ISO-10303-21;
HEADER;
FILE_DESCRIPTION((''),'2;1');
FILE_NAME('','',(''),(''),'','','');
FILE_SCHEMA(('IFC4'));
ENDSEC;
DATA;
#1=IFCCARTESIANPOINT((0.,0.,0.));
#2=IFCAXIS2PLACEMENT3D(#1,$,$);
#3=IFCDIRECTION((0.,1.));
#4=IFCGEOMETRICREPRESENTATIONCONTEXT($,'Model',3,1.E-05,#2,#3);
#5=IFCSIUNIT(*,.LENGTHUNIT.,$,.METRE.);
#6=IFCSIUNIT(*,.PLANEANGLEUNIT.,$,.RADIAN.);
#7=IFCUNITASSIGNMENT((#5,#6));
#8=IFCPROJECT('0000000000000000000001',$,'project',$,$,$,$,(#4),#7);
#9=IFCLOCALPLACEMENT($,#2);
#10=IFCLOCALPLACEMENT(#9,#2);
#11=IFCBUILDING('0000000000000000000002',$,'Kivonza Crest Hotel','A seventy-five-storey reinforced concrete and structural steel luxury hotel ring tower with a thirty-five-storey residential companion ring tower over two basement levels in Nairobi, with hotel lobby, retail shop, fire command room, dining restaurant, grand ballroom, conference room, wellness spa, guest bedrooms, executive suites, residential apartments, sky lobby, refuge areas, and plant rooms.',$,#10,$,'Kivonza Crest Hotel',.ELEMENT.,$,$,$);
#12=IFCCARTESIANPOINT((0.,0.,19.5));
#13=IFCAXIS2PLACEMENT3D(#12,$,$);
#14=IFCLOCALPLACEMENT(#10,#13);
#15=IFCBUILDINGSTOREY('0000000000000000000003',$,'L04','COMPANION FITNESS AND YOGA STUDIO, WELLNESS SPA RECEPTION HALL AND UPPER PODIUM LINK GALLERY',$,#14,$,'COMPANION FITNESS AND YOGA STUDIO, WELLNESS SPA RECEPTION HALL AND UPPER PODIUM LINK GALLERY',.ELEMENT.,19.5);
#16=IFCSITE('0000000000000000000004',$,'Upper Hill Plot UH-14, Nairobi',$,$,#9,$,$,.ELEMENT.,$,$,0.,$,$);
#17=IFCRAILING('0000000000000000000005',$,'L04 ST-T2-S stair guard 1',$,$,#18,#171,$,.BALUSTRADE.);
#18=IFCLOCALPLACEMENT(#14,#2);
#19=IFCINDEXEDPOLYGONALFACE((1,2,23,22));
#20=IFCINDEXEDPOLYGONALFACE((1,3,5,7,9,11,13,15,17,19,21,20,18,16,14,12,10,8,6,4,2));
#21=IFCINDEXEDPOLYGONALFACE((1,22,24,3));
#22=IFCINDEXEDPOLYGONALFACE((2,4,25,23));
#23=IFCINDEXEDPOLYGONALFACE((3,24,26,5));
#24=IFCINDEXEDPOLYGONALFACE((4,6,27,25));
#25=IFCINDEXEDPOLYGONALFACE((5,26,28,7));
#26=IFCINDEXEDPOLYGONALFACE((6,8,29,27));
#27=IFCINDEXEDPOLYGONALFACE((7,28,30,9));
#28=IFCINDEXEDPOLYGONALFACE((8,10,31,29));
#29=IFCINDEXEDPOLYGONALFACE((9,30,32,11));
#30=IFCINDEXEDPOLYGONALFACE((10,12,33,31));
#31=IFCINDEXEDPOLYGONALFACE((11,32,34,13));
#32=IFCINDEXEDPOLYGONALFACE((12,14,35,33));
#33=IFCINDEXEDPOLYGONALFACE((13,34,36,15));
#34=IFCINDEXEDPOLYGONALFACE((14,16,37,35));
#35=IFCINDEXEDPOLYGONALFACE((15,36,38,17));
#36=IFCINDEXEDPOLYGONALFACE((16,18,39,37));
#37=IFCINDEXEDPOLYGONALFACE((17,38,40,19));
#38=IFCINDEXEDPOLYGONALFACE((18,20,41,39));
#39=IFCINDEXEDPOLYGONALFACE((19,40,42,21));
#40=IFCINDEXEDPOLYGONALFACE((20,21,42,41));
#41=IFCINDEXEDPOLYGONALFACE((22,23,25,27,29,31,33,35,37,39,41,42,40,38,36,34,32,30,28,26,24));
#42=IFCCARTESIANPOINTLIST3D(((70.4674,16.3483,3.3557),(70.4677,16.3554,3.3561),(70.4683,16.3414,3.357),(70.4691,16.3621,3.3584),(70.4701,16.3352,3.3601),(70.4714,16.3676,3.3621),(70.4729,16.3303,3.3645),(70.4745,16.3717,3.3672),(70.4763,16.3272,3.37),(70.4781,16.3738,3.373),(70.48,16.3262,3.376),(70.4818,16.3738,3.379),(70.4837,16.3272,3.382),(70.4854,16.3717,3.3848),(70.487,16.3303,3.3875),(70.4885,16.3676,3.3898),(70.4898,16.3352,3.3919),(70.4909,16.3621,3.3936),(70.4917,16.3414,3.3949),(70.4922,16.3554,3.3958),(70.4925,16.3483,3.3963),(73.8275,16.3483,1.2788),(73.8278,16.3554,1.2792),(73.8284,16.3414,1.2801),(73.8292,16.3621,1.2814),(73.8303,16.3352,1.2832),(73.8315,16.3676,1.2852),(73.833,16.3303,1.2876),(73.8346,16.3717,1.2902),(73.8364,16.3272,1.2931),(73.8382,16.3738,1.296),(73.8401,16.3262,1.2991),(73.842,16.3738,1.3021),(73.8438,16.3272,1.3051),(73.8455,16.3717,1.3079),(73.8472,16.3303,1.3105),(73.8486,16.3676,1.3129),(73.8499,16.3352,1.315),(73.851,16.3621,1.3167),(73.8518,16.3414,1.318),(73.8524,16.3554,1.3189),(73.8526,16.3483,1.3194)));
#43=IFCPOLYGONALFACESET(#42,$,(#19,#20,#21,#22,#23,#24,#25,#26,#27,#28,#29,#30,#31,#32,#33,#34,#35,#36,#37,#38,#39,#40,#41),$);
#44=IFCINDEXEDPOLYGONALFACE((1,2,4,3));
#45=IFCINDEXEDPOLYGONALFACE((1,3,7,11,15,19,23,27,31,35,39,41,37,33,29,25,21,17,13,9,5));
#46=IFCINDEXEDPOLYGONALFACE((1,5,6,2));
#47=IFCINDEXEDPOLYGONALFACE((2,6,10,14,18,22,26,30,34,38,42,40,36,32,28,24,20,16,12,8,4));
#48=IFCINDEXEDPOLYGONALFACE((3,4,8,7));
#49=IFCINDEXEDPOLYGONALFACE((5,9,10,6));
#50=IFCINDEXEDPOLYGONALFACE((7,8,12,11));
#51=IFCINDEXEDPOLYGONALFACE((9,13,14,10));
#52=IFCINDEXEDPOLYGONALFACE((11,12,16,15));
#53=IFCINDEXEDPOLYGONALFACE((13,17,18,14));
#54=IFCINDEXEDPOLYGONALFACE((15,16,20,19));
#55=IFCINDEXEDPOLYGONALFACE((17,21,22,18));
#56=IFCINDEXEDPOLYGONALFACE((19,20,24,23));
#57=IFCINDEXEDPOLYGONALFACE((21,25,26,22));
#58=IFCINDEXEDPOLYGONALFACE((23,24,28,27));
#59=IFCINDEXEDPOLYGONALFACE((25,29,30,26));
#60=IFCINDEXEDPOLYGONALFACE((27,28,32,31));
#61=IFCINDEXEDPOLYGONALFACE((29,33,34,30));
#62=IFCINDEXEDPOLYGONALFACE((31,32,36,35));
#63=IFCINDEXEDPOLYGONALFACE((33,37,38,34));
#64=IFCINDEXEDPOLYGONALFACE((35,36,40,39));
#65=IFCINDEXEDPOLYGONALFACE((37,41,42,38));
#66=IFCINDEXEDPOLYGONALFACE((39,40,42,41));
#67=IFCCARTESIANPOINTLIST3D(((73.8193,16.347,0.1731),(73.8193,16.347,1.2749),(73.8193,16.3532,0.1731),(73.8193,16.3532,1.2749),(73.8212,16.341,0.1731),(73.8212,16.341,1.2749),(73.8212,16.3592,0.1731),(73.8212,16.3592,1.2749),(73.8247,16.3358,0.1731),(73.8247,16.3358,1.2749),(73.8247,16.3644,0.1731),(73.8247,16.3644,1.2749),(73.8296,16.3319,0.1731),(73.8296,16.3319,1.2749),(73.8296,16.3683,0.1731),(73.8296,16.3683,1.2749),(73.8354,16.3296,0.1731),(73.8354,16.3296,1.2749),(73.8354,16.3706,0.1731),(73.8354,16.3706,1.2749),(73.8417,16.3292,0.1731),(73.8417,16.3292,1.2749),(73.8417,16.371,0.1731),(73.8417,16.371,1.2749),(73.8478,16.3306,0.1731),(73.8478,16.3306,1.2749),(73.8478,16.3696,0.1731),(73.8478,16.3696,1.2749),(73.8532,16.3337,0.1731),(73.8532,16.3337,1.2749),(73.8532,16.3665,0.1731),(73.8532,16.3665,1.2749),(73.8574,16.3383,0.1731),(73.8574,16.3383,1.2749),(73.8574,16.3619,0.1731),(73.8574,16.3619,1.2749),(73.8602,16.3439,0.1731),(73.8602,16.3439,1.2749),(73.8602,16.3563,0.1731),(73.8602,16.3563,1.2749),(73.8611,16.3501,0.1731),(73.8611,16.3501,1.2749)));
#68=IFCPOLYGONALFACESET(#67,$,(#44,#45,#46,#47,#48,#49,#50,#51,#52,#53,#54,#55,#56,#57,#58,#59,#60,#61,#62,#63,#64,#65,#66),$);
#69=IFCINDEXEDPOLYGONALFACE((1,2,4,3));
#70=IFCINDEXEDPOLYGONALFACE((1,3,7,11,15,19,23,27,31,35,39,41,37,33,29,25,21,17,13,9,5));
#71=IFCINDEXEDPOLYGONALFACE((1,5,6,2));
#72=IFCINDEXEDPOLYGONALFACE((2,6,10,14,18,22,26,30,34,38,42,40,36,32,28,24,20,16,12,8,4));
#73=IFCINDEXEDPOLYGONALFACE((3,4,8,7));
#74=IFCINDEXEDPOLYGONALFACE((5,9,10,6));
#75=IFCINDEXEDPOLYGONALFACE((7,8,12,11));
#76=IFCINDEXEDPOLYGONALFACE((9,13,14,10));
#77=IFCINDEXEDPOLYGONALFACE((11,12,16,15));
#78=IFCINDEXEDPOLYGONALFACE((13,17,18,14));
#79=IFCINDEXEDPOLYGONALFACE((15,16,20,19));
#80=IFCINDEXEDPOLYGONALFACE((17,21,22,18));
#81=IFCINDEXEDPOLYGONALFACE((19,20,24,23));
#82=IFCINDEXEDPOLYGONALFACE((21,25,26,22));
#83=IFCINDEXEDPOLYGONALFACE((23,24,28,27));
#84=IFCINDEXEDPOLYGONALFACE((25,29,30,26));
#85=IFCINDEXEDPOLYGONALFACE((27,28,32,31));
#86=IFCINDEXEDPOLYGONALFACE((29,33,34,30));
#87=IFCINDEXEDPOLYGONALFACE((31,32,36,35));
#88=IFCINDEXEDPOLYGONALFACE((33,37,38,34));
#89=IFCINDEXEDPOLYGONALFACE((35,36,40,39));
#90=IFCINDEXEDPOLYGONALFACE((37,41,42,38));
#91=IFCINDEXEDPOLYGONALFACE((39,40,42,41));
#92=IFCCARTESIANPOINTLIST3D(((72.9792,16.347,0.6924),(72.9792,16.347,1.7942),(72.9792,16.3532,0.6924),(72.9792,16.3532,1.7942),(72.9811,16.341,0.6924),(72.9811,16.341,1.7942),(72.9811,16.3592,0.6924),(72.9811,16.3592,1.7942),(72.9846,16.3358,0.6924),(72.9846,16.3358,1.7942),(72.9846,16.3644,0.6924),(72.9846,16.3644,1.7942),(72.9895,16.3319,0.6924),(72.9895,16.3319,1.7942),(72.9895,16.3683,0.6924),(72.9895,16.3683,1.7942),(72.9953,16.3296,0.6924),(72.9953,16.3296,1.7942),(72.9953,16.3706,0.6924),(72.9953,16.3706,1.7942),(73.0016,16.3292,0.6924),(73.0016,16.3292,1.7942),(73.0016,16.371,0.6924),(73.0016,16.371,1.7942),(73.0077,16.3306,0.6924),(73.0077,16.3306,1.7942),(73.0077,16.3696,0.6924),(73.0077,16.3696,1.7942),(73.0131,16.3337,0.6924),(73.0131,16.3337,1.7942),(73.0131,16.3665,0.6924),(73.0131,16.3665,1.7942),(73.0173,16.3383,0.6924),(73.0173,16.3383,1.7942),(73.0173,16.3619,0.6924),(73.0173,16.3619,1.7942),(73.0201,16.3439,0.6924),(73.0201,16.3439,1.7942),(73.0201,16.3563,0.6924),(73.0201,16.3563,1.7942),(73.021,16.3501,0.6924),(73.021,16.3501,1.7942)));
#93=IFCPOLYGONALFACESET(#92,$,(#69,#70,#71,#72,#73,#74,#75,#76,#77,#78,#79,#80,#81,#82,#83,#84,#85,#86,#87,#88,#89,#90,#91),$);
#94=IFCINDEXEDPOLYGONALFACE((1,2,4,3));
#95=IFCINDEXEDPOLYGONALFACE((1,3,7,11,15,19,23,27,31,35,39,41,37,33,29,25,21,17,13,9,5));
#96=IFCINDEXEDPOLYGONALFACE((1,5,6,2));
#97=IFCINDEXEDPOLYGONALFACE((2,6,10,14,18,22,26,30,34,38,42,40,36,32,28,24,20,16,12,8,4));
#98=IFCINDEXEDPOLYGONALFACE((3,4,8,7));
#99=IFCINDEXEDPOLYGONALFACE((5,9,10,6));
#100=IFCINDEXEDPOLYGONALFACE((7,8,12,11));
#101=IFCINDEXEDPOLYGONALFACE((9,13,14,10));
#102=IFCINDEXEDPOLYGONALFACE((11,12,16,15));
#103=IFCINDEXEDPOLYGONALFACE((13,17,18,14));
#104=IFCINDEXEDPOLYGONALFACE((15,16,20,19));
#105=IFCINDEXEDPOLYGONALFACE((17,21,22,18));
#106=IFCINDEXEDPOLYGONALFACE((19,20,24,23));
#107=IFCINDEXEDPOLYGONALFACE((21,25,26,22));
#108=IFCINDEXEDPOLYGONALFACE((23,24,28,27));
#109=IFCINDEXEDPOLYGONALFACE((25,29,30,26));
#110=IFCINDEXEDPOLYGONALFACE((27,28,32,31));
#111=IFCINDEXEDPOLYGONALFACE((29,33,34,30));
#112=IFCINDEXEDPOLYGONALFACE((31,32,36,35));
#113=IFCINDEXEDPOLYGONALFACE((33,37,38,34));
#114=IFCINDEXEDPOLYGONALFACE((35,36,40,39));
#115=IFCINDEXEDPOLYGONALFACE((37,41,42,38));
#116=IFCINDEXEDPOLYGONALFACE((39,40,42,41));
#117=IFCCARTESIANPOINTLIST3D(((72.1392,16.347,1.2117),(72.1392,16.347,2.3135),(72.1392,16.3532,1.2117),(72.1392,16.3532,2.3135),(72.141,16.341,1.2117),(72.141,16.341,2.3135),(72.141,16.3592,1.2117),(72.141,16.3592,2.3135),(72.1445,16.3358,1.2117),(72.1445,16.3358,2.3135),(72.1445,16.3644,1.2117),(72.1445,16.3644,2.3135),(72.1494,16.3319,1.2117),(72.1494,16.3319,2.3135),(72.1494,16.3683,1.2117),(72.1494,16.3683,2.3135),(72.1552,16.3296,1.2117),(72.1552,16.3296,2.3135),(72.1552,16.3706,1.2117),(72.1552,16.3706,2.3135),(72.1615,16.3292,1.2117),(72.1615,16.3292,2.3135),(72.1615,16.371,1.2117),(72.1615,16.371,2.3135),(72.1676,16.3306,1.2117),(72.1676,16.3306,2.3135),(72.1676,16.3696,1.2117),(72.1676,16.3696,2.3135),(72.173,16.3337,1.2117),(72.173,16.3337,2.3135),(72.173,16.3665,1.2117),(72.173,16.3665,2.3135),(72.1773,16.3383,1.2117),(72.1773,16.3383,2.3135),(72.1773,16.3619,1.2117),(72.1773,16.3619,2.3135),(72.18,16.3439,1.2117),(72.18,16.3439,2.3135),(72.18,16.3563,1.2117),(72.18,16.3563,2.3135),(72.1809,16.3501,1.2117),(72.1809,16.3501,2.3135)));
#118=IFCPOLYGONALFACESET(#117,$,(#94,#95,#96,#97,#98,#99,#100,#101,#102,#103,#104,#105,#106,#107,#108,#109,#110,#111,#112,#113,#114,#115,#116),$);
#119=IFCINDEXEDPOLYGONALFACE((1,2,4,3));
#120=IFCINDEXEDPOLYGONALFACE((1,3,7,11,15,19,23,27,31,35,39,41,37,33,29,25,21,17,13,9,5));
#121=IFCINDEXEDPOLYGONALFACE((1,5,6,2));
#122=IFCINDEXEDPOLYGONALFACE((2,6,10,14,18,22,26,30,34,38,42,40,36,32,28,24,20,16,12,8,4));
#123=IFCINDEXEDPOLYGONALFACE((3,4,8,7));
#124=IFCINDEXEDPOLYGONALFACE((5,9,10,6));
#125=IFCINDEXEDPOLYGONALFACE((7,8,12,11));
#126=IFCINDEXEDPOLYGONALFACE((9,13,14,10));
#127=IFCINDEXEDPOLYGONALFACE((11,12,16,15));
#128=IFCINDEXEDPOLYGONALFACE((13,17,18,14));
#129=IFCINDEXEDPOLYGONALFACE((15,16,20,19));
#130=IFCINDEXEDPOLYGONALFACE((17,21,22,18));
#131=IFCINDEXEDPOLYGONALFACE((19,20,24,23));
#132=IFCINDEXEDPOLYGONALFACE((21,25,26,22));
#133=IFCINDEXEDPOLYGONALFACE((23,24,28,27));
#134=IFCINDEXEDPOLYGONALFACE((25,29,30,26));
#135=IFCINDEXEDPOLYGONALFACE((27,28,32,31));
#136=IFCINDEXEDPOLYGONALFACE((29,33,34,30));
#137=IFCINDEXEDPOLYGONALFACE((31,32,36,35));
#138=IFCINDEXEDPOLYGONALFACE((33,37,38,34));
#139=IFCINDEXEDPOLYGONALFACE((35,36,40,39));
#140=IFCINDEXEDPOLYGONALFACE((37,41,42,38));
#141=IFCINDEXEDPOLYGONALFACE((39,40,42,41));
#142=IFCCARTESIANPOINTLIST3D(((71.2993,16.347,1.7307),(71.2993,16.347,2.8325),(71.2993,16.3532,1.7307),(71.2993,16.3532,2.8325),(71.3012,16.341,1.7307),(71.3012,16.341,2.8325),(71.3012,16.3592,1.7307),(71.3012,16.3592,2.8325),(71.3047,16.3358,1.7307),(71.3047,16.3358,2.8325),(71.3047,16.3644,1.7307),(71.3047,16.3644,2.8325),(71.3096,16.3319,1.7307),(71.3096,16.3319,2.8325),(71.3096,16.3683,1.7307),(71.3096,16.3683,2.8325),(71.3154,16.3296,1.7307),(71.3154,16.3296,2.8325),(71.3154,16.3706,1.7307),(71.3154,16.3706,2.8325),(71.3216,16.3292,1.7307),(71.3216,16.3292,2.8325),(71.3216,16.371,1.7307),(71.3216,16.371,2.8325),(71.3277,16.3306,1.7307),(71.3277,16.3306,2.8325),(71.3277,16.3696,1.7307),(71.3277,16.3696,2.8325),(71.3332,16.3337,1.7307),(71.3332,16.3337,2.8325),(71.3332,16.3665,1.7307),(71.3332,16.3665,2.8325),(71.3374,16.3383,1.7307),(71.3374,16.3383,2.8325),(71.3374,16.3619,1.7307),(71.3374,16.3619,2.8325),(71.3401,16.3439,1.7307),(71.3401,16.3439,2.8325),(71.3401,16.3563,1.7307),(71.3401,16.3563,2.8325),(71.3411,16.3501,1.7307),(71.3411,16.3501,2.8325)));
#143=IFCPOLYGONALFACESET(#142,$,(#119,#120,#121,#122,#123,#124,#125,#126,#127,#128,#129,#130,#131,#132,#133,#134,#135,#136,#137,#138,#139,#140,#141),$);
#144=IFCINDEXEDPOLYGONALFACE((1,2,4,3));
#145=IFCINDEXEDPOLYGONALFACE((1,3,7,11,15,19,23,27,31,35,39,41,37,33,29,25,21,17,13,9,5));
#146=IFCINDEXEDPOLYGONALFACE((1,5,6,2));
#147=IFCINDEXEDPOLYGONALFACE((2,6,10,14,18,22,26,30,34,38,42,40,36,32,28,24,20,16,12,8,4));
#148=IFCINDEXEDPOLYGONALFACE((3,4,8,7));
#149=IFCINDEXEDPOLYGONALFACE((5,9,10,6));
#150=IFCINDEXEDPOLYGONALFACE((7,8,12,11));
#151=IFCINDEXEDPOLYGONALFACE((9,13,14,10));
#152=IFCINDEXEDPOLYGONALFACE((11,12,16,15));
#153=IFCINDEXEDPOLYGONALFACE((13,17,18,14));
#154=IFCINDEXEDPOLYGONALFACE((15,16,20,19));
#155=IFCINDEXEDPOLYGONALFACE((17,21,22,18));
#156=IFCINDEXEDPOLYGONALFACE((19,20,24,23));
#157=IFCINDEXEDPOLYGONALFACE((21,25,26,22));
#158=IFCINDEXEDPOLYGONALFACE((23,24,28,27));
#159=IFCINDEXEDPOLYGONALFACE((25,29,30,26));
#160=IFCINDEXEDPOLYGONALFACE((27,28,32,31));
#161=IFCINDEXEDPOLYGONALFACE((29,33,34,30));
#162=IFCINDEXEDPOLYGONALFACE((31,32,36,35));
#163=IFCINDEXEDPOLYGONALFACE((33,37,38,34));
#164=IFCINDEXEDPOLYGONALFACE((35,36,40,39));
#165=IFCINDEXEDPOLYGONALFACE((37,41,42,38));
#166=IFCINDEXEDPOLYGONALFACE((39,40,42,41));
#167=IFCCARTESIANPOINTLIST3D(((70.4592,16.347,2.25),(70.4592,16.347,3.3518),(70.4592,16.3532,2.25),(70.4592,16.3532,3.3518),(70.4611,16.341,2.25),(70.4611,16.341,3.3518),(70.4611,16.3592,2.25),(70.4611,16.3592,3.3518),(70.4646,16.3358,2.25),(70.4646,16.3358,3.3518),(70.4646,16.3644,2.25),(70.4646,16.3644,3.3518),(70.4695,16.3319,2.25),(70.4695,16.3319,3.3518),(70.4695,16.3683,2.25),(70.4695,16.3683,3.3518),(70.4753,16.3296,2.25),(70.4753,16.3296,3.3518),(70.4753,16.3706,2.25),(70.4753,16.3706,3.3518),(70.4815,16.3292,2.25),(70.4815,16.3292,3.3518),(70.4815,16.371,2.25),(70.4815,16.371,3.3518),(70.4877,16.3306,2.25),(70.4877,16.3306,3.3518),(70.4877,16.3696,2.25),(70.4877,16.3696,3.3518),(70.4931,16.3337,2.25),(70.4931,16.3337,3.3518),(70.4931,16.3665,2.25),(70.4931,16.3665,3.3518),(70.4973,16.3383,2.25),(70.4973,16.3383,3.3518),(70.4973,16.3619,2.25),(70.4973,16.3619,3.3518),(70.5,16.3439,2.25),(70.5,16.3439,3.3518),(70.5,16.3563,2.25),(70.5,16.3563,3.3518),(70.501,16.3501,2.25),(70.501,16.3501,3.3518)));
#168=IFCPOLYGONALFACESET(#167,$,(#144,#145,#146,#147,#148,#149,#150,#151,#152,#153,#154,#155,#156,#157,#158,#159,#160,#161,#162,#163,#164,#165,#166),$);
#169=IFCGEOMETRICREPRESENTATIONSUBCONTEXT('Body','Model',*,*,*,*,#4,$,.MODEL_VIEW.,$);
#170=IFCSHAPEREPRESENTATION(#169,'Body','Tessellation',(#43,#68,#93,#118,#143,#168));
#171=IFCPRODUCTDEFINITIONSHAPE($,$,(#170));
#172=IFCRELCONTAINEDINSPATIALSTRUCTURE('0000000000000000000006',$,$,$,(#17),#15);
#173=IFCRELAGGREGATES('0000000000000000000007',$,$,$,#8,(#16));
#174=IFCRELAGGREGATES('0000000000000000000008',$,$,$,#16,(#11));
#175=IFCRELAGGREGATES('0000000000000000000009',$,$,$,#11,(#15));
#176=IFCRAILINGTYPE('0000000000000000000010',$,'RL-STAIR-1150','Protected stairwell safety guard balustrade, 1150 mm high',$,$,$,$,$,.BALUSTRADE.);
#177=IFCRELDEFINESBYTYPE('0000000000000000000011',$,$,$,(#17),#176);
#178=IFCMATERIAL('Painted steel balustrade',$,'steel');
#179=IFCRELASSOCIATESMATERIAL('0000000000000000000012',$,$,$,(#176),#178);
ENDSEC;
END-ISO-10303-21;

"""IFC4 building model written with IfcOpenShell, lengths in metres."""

from ifc_helpers import new_model, si_unit, direction, frame, origin, origin_2d, place, context, subcontext, project, spatial, circle, extrude, material, type_object, element, save


model = new_model("IFC4")

# Units and contexts
model_context = context("Model", 3, precision=1e-05, world=origin(), true_north=direction((0.0, 1.0)))
body_context = subcontext(model_context, "Body", "Model", "MODEL_VIEW")
ifc_project = project(units=[si_unit("LENGTHUNIT", "METRE"), si_unit("PLANEANGLEUNIT", "RADIAN")], contexts=[model_context])

# Site, building, storey
site_placement = place(None, origin())
site = spatial("IfcSite", under=ifc_project, at=site_placement, Name="Upper Hill Plot UH-14, Nairobi", CompositionType="ELEMENT", RefElevation=0.0)
building_placement = place(site_placement, origin())
building = spatial("IfcBuilding", under=site, at=building_placement, Name="Kivonza Crest Hotel", Description="A seventy-five-storey reinforced concrete and structural steel luxury hotel ring tower with a thirty-five-storey residential companion ring tower over two basement levels in Nairobi, with hotel lobby, retail shop, fire command room, dining restaurant, grand ballroom, conference room, wellness spa, guest bedrooms, executive suites, residential apartments, sky lobby, refuge areas, and plant rooms.", LongName="Kivonza Crest Hotel", CompositionType="ELEMENT")
storey_placement = place(building_placement, frame((0.0, 0.0, 19.5)))
storey = spatial("IfcBuildingStorey", under=building, at=storey_placement, Name="L04", Description="COMPANION FITNESS AND YOGA STUDIO, WELLNESS SPA RECEPTION HALL AND UPPER PODIUM LINK GALLERY", LongName="COMPANION FITNESS AND YOGA STUDIO, WELLNESS SPA RECEPTION HALL AND UPPER PODIUM LINK GALLERY", CompositionType="ELEMENT", Elevation=19.5)

# Railing
ifc_material_1 = material(Name="Painted steel balustrade", Category="steel")
railing_type_1 = type_object("IfcRailingType", Name="RL-STAIR-1150", Description="Protected stairwell safety guard balustrade, 1150 mm high", PredefinedType="BALUSTRADE", material=ifc_material_1)
railing_1_placement = place(storey_placement, frame((73.8401, 16.3501, 0.1731)))
element("IfcRailing", 1, at=railing_1_placement, inside=storey, type_object=railing_type_1, Name="L04 ST-T2-S stair guard 1", PredefinedType="BALUSTRADE", context=body_context, shape_type="SweptSolid", body=[
    extrude(circle(Radius=0.0239, at=origin_2d()), frame((0.0, 0.0, 1.126), z_axis=(-0.850623, 0.0, 0.525776), x_axis=(0.0, -1.0, 0.0)), (0.0, 0.0, 1.0), 3.9502),
    extrude(circle(Radius=0.021, at=origin_2d()), origin(), (0.0, 0.0, 1.0), 1.1018),
    extrude(circle(Radius=0.021, at=origin_2d()), frame((-0.8401, 0.0, 0.5193)), (0.0, 0.0, 1.0), 1.1018),
    extrude(circle(Radius=0.021, at=origin_2d()), frame((-1.6802, 0.0, 1.0386)), (0.0, 0.0, 1.0), 1.1018),
    extrude(circle(Radius=0.021, at=origin_2d()), frame((-2.52, 0.0, 1.5576)), (0.0, 0.0, 1.0), 1.1018),
    extrude(circle(Radius=0.021, at=origin_2d()), frame((-3.3601, 0.0, 2.0769)), (0.0, 0.0, 1.0), 1.1018),
])

save(model, "model.ifc")
